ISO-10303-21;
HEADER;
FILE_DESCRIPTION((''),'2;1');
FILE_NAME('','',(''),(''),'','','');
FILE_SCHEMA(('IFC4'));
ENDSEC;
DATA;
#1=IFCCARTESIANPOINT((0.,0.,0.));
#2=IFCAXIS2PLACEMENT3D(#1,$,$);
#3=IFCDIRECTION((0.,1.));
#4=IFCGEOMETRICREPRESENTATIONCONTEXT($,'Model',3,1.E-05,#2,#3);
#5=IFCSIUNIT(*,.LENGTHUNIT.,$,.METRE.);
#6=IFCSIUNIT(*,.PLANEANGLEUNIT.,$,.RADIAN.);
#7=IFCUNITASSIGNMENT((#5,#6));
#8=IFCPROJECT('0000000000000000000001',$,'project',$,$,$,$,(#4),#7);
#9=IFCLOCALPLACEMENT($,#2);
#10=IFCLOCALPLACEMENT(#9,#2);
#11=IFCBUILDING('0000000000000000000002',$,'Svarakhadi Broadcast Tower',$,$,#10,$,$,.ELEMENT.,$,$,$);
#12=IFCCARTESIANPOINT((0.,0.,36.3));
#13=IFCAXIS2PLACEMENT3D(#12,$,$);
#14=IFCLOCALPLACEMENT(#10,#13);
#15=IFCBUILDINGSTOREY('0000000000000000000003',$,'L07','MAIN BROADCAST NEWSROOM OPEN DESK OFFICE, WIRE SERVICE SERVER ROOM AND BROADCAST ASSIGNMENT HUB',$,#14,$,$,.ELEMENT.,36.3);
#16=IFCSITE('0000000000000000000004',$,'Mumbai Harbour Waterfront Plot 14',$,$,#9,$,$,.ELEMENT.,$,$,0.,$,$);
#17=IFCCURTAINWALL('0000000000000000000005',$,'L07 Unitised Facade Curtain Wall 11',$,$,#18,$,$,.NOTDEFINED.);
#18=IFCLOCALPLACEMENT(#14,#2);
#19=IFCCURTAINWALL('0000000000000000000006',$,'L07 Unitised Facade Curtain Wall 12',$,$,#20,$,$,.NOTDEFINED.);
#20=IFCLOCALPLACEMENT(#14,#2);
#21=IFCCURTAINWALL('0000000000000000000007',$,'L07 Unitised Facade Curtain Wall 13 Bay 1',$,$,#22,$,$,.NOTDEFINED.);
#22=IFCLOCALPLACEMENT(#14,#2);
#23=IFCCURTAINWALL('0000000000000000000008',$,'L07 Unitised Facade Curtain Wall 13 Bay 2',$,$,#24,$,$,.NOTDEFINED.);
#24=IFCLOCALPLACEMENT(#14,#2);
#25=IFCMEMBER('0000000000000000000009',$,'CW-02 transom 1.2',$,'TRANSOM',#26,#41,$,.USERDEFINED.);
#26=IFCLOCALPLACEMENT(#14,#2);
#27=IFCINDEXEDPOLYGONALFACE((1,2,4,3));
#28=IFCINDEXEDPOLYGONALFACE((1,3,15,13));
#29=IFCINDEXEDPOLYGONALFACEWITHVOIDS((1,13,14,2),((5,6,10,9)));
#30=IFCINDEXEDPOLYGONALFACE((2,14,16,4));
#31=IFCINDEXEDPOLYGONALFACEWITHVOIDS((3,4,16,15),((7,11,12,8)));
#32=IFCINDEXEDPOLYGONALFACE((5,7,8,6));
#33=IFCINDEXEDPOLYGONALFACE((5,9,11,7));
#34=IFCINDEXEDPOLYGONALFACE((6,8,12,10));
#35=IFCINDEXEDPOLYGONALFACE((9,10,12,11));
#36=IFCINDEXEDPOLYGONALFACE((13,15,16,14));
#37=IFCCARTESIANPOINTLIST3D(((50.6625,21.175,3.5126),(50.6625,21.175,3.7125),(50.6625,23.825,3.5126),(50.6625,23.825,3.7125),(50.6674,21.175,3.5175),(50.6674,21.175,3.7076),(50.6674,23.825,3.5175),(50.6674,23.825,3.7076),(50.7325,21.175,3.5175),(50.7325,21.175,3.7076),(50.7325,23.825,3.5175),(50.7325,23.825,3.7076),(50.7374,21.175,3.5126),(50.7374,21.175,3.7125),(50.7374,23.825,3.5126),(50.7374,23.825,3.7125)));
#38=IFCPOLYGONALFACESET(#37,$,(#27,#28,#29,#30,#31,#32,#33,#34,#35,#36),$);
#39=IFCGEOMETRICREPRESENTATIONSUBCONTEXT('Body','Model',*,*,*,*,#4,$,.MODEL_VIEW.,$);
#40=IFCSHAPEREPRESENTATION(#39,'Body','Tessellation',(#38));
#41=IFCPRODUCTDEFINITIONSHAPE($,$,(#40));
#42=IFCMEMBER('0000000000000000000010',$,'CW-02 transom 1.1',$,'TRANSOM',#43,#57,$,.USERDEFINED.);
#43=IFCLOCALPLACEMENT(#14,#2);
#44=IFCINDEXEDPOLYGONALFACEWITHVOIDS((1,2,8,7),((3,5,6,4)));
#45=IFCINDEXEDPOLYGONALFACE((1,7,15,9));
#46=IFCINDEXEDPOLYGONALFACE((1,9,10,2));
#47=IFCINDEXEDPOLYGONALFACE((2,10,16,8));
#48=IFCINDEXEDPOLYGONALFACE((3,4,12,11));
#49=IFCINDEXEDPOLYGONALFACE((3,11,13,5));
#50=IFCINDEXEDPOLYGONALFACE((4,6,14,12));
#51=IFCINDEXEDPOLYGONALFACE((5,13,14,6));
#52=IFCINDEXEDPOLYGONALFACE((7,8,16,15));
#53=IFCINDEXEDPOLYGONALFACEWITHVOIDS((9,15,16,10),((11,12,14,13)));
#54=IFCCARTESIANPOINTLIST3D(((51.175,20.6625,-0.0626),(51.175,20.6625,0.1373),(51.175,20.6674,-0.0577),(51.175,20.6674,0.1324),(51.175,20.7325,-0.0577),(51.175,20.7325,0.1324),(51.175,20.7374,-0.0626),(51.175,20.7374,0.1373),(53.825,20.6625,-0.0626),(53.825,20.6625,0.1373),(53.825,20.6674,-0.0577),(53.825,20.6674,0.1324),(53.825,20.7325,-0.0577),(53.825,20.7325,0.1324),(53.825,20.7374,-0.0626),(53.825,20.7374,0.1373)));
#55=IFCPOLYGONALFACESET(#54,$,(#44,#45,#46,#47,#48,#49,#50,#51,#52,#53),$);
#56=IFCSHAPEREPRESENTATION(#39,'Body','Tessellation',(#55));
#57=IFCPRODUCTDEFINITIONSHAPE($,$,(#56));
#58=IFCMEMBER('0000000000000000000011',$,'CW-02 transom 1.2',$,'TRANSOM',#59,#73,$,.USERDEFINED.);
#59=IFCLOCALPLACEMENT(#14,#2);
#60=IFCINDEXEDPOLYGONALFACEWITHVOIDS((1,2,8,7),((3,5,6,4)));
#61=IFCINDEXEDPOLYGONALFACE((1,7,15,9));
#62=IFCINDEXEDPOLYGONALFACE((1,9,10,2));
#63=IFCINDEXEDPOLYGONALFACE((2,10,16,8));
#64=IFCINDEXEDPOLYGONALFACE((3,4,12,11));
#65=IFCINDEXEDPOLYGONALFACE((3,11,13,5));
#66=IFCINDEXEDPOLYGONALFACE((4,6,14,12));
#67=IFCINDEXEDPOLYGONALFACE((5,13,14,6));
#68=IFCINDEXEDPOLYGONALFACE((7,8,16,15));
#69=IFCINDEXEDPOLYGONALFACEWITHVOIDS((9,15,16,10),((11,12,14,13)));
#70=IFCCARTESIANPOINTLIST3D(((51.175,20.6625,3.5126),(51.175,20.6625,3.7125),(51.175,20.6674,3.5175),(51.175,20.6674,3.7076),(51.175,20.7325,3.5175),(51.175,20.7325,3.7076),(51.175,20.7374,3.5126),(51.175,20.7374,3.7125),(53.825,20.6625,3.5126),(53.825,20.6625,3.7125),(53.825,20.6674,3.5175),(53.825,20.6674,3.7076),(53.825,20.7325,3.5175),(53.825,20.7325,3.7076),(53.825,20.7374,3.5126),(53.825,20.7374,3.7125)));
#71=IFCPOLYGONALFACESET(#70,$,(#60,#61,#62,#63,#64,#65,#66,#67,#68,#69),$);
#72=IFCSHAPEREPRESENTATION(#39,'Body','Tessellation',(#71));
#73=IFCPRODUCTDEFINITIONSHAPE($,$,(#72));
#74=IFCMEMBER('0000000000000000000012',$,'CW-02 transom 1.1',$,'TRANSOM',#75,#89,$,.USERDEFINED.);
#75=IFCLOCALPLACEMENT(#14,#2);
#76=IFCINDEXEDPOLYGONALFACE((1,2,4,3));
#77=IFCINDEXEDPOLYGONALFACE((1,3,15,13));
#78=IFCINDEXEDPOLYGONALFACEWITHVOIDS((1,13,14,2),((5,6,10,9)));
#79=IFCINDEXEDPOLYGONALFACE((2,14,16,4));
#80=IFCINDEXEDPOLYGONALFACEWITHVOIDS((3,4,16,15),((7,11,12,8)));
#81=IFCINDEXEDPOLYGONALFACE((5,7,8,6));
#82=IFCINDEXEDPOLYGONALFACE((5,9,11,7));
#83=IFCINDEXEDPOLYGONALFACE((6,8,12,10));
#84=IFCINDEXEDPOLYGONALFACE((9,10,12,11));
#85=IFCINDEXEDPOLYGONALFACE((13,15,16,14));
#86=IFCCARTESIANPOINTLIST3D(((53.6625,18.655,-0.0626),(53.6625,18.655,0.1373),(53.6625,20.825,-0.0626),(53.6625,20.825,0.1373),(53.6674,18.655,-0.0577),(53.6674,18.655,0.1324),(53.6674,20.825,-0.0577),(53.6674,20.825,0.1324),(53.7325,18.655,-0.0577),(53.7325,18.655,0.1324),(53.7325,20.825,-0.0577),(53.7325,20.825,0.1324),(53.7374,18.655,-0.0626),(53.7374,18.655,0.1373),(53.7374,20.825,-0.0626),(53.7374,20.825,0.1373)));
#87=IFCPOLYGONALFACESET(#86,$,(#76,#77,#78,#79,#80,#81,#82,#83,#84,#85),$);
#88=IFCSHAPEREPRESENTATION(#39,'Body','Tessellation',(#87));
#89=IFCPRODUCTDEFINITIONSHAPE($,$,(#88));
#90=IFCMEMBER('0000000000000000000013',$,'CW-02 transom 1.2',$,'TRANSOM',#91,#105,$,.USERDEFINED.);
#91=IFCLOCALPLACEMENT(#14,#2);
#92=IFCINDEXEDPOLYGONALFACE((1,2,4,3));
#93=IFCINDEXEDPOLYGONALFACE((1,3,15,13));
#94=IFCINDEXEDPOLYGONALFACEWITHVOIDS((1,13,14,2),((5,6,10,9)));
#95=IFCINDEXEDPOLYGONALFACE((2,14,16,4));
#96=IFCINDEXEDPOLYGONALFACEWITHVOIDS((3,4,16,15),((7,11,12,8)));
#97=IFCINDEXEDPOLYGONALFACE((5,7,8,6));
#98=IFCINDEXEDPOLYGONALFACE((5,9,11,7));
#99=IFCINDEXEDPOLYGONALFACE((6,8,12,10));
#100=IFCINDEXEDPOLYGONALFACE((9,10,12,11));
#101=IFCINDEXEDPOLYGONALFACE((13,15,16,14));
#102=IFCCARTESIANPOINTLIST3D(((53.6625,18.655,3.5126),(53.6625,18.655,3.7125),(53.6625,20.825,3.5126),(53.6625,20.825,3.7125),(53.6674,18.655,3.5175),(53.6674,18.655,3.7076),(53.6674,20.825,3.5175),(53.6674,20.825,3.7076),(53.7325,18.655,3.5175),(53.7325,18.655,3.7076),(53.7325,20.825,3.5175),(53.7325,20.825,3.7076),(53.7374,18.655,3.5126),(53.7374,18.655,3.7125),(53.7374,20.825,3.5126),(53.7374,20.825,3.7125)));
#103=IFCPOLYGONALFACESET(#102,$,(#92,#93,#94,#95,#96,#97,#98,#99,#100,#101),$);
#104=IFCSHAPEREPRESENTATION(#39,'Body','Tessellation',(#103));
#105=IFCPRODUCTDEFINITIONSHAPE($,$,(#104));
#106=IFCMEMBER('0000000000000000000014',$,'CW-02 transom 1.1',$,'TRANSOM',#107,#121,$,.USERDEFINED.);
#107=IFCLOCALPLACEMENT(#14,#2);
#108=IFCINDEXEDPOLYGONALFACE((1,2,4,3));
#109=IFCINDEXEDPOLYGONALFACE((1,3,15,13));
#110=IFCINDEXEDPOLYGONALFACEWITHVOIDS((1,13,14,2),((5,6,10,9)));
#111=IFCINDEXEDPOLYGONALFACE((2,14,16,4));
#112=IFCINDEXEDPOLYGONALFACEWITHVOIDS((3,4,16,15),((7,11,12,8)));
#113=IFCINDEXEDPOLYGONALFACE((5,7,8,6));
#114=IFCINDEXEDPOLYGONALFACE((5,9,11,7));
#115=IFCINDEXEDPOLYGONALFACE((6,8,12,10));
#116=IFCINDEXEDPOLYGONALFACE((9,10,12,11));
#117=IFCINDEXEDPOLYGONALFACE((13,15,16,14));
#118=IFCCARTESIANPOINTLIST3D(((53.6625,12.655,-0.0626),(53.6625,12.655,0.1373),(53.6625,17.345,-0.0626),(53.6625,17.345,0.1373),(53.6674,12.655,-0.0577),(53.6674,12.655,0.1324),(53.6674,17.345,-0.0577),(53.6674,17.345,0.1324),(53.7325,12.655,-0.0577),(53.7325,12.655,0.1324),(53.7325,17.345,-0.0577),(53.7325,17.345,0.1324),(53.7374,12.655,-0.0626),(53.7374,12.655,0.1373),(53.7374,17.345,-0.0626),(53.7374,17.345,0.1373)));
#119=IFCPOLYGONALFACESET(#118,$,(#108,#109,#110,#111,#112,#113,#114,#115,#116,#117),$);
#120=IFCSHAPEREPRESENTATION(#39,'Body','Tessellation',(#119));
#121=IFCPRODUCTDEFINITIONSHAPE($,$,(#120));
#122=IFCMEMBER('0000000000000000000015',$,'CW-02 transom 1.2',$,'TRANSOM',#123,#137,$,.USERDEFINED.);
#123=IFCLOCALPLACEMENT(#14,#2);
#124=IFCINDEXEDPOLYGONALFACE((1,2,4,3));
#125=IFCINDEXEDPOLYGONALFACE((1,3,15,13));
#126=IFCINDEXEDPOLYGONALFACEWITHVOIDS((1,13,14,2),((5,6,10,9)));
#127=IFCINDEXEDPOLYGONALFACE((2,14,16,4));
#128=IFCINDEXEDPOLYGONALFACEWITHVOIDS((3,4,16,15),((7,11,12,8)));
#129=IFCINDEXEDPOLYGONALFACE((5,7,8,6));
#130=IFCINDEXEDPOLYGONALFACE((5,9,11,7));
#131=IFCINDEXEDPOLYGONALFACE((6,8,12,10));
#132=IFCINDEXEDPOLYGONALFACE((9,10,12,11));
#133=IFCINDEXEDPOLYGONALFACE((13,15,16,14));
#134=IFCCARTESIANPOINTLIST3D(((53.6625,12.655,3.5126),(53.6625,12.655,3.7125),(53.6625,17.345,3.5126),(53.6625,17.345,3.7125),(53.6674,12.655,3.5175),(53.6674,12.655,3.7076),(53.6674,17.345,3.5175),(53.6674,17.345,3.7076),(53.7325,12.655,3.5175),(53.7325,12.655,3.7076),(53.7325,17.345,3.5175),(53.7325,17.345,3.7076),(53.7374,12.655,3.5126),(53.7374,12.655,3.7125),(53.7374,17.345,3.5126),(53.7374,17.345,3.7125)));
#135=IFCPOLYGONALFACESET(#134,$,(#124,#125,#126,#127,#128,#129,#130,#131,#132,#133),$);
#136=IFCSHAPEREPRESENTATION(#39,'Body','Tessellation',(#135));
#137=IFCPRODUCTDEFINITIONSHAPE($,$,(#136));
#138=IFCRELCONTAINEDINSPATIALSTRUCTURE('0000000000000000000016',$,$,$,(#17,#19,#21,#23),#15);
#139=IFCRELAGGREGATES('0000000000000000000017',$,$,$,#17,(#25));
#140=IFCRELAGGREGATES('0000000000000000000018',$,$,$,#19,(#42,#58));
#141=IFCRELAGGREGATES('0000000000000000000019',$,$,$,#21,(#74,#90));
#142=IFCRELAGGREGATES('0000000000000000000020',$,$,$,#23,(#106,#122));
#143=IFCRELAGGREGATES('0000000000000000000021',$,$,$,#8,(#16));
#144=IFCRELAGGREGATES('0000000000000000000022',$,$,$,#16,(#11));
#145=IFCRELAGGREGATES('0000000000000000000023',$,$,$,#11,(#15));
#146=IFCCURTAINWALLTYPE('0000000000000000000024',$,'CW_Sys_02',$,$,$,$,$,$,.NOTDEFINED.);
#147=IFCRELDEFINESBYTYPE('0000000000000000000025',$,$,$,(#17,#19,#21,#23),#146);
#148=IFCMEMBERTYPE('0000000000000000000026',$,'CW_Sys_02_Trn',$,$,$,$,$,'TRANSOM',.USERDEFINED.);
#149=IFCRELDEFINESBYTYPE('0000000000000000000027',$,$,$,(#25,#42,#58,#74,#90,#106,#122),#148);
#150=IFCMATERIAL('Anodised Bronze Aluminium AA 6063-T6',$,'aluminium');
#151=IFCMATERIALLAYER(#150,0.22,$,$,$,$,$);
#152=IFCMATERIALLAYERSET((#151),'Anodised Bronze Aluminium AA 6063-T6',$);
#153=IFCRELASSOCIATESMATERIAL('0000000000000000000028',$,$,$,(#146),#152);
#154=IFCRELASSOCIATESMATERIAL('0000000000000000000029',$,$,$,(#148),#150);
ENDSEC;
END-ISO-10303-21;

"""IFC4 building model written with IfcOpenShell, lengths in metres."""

from ifc_helpers import new_model, si_unit, direction, frame, origin, origin_2d, place, context, subcontext, project, spatial, hollow_rectangle, extrude, material, layer, layer_set, material_profile, profile_set, type_object, element, aggregate, save


model = new_model("IFC4")

# Units and contexts
model_context = context("Model", 3, precision=1e-05, world=origin(), true_north=direction((0.0, 1.0)))
body_context = subcontext(model_context, "Body", "Model", "MODEL_VIEW")
ifc_project = project(units=[si_unit("LENGTHUNIT", "METRE"), si_unit("PLANEANGLEUNIT", "RADIAN")], contexts=[model_context])

# Site, building, storey
site_placement = place(None, origin())
site = spatial("IfcSite", under=ifc_project, at=site_placement, Name="Mumbai Harbour Waterfront Plot 14", CompositionType="ELEMENT", RefElevation=0.0)
building_placement = place(site_placement, origin())
building = spatial("IfcBuilding", under=site, at=building_placement, Name="Svarakhadi Broadcast Tower", CompositionType="ELEMENT")
storey_placement = place(building_placement, frame((0.0, 0.0, 36.3)))
storey = spatial("IfcBuildingStorey", under=building, at=storey_placement, Name="L07", Description="MAIN BROADCAST NEWSROOM OPEN DESK OFFICE, WIRE SERVICE SERVER ROOM AND BROADCAST ASSIGNMENT HUB", CompositionType="ELEMENT", Elevation=36.3)

# Curtain wall
ifc_material_1 = material(Name="Anodised Bronze Aluminium AA 6063-T6", Category="aluminium")
ifc_layer_1 = layer(ifc_material_1, 0.22)
ifc_layer_set_1 = layer_set([ifc_layer_1], Name="Anodised Bronze Aluminium AA 6063-T6")
curtain_wall_type = type_object("IfcCurtainWallType", Name="CW_Sys_02", PredefinedType="NOTDEFINED", material=ifc_layer_set_1)
curtain_wall_1_placement = place(storey_placement, origin())
curtain_wall_1 = element("IfcCurtainWall", 1, at=curtain_wall_1_placement, inside=storey, type_object=curtain_wall_type, Name="L07 Unitised Facade Curtain Wall 11", PredefinedType="NOTDEFINED")

# Curtain walls
curtain_wall_2_placement = place(storey_placement, origin())
curtain_wall_2 = element("IfcCurtainWall", 2, at=curtain_wall_2_placement, inside=storey, type_object=curtain_wall_type, Name="L07 Unitised Facade Curtain Wall 12", PredefinedType="NOTDEFINED")
curtain_wall_3_placement = place(storey_placement, origin())
curtain_wall_3 = element("IfcCurtainWall", 3, at=curtain_wall_3_placement, inside=storey, type_object=curtain_wall_type, Name="L07 Unitised Facade Curtain Wall 13 Bay 1", PredefinedType="NOTDEFINED")
curtain_wall_4_placement = place(storey_placement, origin())
curtain_wall_4 = element("IfcCurtainWall", 4, at=curtain_wall_4_placement, inside=storey, type_object=curtain_wall_type, Name="L07 Unitised Facade Curtain Wall 13 Bay 2", PredefinedType="NOTDEFINED")

# Members
ifc_material_profile_1 = material_profile(ifc_material_1, hollow_rectangle(XDim=0.075, YDim=0.2, WallThickness=0.0049, at=origin_2d()), Name="ALU TRANSOM 200x75x5")
ifc_profile_set_1 = profile_set([ifc_material_profile_1], Name="Anodised Bronze Aluminium AA 6063-T6")
member_type_1 = type_object("IfcMemberType", Name="CW_Sys_02_Trn", ElementType="TRANSOM", PredefinedType="USERDEFINED", material=ifc_profile_set_1)
member_1_placement = place(storey_placement, frame((50.7, 23.825, 3.6125), z_axis=(0.0, -1.0, 0.0), x_axis=(1.0, 0.0, 0.0)))
member_1 = element("IfcMember", 5, at=member_1_placement, type_object=member_type_1, Name="CW-02 transom 1.2", ObjectType="TRANSOM", PredefinedType="USERDEFINED", context=body_context, shape_type="SweptSolid", body=[
    extrude(hollow_rectangle(XDim=0.075, YDim=0.2, WallThickness=0.0049, at=origin_2d()), origin(), (0.0, 0.0, 1.0), 2.6499),
])
member_2_placement = place(storey_placement, frame((51.175, 20.7, 0.0374), z_axis=(1.0, 0.0, 0.0), x_axis=(0.0, 1.0, 0.0)))
member_2 = element("IfcMember", 6, at=member_2_placement, type_object=member_type_1, Name="CW-02 transom 1.1", ObjectType="TRANSOM", PredefinedType="USERDEFINED", context=body_context, shape_type="SweptSolid", body=[
    extrude(hollow_rectangle(XDim=0.075, YDim=0.2, WallThickness=0.0049, at=origin_2d()), origin(), (0.0, 0.0, 1.0), 2.6499),
])
member_3_placement = place(storey_placement, frame((51.175, 20.7, 3.6125), z_axis=(1.0, 0.0, 0.0), x_axis=(0.0, 1.0, 0.0)))
member_3 = element("IfcMember", 7, at=member_3_placement, type_object=member_type_1, Name="CW-02 transom 1.2", ObjectType="TRANSOM", PredefinedType="USERDEFINED", context=body_context, shape_type="SweptSolid", body=[
    extrude(hollow_rectangle(XDim=0.075, YDim=0.2, WallThickness=0.0049, at=origin_2d()), origin(), (0.0, 0.0, 1.0), 2.6499),
])
member_4_placement = place(storey_placement, frame((53.7, 20.825, 0.0374), z_axis=(0.0, -1.0, 0.0), x_axis=(1.0, 0.0, 0.0)))
member_4 = element("IfcMember", 8, at=member_4_placement, type_object=member_type_1, Name="CW-02 transom 1.1", ObjectType="TRANSOM", PredefinedType="USERDEFINED", context=body_context, shape_type="SweptSolid", body=[
    extrude(hollow_rectangle(XDim=0.075, YDim=0.2, WallThickness=0.0049, at=origin_2d()), origin(), (0.0, 0.0, 1.0), 2.1699),
])
member_5_placement = place(storey_placement, frame((53.7, 20.825, 3.6125), z_axis=(0.0, -1.0, 0.0), x_axis=(1.0, 0.0, 0.0)))
member_5 = element("IfcMember", 9, at=member_5_placement, type_object=member_type_1, Name="CW-02 transom 1.2", ObjectType="TRANSOM", PredefinedType="USERDEFINED", context=body_context, shape_type="SweptSolid", body=[
    extrude(hollow_rectangle(XDim=0.075, YDim=0.2, WallThickness=0.0049, at=origin_2d()), origin(), (0.0, 0.0, 1.0), 2.1699),
])
member_6_placement = place(storey_placement, frame((53.7, 17.345, 0.0374), z_axis=(0.0, -1.0, 0.0), x_axis=(1.0, 0.0, 0.0)))
member_6 = element("IfcMember", 10, at=member_6_placement, type_object=member_type_1, Name="CW-02 transom 1.1", ObjectType="TRANSOM", PredefinedType="USERDEFINED", context=body_context, shape_type="SweptSolid", body=[
    extrude(hollow_rectangle(XDim=0.075, YDim=0.2, WallThickness=0.0049, at=origin_2d()), origin(), (0.0, 0.0, 1.0), 4.6899),
])
member_7_placement = place(storey_placement, frame((53.7, 17.345, 3.6125), z_axis=(0.0, -1.0, 0.0), x_axis=(1.0, 0.0, 0.0)))
member_7 = element("IfcMember", 11, at=member_7_placement, type_object=member_type_1, Name="CW-02 transom 1.2", ObjectType="TRANSOM", PredefinedType="USERDEFINED", context=body_context, shape_type="SweptSolid", body=[
    extrude(hollow_rectangle(XDim=0.075, YDim=0.2, WallThickness=0.0049, at=origin_2d()), origin(), (0.0, 0.0, 1.0), 4.6899),
])

aggregate(curtain_wall_1, [member_1])
aggregate(curtain_wall_2, [member_2, member_3])
aggregate(curtain_wall_3, [member_4, member_5])
aggregate(curtain_wall_4, [member_6, member_7])

save(model, "model.ifc")
